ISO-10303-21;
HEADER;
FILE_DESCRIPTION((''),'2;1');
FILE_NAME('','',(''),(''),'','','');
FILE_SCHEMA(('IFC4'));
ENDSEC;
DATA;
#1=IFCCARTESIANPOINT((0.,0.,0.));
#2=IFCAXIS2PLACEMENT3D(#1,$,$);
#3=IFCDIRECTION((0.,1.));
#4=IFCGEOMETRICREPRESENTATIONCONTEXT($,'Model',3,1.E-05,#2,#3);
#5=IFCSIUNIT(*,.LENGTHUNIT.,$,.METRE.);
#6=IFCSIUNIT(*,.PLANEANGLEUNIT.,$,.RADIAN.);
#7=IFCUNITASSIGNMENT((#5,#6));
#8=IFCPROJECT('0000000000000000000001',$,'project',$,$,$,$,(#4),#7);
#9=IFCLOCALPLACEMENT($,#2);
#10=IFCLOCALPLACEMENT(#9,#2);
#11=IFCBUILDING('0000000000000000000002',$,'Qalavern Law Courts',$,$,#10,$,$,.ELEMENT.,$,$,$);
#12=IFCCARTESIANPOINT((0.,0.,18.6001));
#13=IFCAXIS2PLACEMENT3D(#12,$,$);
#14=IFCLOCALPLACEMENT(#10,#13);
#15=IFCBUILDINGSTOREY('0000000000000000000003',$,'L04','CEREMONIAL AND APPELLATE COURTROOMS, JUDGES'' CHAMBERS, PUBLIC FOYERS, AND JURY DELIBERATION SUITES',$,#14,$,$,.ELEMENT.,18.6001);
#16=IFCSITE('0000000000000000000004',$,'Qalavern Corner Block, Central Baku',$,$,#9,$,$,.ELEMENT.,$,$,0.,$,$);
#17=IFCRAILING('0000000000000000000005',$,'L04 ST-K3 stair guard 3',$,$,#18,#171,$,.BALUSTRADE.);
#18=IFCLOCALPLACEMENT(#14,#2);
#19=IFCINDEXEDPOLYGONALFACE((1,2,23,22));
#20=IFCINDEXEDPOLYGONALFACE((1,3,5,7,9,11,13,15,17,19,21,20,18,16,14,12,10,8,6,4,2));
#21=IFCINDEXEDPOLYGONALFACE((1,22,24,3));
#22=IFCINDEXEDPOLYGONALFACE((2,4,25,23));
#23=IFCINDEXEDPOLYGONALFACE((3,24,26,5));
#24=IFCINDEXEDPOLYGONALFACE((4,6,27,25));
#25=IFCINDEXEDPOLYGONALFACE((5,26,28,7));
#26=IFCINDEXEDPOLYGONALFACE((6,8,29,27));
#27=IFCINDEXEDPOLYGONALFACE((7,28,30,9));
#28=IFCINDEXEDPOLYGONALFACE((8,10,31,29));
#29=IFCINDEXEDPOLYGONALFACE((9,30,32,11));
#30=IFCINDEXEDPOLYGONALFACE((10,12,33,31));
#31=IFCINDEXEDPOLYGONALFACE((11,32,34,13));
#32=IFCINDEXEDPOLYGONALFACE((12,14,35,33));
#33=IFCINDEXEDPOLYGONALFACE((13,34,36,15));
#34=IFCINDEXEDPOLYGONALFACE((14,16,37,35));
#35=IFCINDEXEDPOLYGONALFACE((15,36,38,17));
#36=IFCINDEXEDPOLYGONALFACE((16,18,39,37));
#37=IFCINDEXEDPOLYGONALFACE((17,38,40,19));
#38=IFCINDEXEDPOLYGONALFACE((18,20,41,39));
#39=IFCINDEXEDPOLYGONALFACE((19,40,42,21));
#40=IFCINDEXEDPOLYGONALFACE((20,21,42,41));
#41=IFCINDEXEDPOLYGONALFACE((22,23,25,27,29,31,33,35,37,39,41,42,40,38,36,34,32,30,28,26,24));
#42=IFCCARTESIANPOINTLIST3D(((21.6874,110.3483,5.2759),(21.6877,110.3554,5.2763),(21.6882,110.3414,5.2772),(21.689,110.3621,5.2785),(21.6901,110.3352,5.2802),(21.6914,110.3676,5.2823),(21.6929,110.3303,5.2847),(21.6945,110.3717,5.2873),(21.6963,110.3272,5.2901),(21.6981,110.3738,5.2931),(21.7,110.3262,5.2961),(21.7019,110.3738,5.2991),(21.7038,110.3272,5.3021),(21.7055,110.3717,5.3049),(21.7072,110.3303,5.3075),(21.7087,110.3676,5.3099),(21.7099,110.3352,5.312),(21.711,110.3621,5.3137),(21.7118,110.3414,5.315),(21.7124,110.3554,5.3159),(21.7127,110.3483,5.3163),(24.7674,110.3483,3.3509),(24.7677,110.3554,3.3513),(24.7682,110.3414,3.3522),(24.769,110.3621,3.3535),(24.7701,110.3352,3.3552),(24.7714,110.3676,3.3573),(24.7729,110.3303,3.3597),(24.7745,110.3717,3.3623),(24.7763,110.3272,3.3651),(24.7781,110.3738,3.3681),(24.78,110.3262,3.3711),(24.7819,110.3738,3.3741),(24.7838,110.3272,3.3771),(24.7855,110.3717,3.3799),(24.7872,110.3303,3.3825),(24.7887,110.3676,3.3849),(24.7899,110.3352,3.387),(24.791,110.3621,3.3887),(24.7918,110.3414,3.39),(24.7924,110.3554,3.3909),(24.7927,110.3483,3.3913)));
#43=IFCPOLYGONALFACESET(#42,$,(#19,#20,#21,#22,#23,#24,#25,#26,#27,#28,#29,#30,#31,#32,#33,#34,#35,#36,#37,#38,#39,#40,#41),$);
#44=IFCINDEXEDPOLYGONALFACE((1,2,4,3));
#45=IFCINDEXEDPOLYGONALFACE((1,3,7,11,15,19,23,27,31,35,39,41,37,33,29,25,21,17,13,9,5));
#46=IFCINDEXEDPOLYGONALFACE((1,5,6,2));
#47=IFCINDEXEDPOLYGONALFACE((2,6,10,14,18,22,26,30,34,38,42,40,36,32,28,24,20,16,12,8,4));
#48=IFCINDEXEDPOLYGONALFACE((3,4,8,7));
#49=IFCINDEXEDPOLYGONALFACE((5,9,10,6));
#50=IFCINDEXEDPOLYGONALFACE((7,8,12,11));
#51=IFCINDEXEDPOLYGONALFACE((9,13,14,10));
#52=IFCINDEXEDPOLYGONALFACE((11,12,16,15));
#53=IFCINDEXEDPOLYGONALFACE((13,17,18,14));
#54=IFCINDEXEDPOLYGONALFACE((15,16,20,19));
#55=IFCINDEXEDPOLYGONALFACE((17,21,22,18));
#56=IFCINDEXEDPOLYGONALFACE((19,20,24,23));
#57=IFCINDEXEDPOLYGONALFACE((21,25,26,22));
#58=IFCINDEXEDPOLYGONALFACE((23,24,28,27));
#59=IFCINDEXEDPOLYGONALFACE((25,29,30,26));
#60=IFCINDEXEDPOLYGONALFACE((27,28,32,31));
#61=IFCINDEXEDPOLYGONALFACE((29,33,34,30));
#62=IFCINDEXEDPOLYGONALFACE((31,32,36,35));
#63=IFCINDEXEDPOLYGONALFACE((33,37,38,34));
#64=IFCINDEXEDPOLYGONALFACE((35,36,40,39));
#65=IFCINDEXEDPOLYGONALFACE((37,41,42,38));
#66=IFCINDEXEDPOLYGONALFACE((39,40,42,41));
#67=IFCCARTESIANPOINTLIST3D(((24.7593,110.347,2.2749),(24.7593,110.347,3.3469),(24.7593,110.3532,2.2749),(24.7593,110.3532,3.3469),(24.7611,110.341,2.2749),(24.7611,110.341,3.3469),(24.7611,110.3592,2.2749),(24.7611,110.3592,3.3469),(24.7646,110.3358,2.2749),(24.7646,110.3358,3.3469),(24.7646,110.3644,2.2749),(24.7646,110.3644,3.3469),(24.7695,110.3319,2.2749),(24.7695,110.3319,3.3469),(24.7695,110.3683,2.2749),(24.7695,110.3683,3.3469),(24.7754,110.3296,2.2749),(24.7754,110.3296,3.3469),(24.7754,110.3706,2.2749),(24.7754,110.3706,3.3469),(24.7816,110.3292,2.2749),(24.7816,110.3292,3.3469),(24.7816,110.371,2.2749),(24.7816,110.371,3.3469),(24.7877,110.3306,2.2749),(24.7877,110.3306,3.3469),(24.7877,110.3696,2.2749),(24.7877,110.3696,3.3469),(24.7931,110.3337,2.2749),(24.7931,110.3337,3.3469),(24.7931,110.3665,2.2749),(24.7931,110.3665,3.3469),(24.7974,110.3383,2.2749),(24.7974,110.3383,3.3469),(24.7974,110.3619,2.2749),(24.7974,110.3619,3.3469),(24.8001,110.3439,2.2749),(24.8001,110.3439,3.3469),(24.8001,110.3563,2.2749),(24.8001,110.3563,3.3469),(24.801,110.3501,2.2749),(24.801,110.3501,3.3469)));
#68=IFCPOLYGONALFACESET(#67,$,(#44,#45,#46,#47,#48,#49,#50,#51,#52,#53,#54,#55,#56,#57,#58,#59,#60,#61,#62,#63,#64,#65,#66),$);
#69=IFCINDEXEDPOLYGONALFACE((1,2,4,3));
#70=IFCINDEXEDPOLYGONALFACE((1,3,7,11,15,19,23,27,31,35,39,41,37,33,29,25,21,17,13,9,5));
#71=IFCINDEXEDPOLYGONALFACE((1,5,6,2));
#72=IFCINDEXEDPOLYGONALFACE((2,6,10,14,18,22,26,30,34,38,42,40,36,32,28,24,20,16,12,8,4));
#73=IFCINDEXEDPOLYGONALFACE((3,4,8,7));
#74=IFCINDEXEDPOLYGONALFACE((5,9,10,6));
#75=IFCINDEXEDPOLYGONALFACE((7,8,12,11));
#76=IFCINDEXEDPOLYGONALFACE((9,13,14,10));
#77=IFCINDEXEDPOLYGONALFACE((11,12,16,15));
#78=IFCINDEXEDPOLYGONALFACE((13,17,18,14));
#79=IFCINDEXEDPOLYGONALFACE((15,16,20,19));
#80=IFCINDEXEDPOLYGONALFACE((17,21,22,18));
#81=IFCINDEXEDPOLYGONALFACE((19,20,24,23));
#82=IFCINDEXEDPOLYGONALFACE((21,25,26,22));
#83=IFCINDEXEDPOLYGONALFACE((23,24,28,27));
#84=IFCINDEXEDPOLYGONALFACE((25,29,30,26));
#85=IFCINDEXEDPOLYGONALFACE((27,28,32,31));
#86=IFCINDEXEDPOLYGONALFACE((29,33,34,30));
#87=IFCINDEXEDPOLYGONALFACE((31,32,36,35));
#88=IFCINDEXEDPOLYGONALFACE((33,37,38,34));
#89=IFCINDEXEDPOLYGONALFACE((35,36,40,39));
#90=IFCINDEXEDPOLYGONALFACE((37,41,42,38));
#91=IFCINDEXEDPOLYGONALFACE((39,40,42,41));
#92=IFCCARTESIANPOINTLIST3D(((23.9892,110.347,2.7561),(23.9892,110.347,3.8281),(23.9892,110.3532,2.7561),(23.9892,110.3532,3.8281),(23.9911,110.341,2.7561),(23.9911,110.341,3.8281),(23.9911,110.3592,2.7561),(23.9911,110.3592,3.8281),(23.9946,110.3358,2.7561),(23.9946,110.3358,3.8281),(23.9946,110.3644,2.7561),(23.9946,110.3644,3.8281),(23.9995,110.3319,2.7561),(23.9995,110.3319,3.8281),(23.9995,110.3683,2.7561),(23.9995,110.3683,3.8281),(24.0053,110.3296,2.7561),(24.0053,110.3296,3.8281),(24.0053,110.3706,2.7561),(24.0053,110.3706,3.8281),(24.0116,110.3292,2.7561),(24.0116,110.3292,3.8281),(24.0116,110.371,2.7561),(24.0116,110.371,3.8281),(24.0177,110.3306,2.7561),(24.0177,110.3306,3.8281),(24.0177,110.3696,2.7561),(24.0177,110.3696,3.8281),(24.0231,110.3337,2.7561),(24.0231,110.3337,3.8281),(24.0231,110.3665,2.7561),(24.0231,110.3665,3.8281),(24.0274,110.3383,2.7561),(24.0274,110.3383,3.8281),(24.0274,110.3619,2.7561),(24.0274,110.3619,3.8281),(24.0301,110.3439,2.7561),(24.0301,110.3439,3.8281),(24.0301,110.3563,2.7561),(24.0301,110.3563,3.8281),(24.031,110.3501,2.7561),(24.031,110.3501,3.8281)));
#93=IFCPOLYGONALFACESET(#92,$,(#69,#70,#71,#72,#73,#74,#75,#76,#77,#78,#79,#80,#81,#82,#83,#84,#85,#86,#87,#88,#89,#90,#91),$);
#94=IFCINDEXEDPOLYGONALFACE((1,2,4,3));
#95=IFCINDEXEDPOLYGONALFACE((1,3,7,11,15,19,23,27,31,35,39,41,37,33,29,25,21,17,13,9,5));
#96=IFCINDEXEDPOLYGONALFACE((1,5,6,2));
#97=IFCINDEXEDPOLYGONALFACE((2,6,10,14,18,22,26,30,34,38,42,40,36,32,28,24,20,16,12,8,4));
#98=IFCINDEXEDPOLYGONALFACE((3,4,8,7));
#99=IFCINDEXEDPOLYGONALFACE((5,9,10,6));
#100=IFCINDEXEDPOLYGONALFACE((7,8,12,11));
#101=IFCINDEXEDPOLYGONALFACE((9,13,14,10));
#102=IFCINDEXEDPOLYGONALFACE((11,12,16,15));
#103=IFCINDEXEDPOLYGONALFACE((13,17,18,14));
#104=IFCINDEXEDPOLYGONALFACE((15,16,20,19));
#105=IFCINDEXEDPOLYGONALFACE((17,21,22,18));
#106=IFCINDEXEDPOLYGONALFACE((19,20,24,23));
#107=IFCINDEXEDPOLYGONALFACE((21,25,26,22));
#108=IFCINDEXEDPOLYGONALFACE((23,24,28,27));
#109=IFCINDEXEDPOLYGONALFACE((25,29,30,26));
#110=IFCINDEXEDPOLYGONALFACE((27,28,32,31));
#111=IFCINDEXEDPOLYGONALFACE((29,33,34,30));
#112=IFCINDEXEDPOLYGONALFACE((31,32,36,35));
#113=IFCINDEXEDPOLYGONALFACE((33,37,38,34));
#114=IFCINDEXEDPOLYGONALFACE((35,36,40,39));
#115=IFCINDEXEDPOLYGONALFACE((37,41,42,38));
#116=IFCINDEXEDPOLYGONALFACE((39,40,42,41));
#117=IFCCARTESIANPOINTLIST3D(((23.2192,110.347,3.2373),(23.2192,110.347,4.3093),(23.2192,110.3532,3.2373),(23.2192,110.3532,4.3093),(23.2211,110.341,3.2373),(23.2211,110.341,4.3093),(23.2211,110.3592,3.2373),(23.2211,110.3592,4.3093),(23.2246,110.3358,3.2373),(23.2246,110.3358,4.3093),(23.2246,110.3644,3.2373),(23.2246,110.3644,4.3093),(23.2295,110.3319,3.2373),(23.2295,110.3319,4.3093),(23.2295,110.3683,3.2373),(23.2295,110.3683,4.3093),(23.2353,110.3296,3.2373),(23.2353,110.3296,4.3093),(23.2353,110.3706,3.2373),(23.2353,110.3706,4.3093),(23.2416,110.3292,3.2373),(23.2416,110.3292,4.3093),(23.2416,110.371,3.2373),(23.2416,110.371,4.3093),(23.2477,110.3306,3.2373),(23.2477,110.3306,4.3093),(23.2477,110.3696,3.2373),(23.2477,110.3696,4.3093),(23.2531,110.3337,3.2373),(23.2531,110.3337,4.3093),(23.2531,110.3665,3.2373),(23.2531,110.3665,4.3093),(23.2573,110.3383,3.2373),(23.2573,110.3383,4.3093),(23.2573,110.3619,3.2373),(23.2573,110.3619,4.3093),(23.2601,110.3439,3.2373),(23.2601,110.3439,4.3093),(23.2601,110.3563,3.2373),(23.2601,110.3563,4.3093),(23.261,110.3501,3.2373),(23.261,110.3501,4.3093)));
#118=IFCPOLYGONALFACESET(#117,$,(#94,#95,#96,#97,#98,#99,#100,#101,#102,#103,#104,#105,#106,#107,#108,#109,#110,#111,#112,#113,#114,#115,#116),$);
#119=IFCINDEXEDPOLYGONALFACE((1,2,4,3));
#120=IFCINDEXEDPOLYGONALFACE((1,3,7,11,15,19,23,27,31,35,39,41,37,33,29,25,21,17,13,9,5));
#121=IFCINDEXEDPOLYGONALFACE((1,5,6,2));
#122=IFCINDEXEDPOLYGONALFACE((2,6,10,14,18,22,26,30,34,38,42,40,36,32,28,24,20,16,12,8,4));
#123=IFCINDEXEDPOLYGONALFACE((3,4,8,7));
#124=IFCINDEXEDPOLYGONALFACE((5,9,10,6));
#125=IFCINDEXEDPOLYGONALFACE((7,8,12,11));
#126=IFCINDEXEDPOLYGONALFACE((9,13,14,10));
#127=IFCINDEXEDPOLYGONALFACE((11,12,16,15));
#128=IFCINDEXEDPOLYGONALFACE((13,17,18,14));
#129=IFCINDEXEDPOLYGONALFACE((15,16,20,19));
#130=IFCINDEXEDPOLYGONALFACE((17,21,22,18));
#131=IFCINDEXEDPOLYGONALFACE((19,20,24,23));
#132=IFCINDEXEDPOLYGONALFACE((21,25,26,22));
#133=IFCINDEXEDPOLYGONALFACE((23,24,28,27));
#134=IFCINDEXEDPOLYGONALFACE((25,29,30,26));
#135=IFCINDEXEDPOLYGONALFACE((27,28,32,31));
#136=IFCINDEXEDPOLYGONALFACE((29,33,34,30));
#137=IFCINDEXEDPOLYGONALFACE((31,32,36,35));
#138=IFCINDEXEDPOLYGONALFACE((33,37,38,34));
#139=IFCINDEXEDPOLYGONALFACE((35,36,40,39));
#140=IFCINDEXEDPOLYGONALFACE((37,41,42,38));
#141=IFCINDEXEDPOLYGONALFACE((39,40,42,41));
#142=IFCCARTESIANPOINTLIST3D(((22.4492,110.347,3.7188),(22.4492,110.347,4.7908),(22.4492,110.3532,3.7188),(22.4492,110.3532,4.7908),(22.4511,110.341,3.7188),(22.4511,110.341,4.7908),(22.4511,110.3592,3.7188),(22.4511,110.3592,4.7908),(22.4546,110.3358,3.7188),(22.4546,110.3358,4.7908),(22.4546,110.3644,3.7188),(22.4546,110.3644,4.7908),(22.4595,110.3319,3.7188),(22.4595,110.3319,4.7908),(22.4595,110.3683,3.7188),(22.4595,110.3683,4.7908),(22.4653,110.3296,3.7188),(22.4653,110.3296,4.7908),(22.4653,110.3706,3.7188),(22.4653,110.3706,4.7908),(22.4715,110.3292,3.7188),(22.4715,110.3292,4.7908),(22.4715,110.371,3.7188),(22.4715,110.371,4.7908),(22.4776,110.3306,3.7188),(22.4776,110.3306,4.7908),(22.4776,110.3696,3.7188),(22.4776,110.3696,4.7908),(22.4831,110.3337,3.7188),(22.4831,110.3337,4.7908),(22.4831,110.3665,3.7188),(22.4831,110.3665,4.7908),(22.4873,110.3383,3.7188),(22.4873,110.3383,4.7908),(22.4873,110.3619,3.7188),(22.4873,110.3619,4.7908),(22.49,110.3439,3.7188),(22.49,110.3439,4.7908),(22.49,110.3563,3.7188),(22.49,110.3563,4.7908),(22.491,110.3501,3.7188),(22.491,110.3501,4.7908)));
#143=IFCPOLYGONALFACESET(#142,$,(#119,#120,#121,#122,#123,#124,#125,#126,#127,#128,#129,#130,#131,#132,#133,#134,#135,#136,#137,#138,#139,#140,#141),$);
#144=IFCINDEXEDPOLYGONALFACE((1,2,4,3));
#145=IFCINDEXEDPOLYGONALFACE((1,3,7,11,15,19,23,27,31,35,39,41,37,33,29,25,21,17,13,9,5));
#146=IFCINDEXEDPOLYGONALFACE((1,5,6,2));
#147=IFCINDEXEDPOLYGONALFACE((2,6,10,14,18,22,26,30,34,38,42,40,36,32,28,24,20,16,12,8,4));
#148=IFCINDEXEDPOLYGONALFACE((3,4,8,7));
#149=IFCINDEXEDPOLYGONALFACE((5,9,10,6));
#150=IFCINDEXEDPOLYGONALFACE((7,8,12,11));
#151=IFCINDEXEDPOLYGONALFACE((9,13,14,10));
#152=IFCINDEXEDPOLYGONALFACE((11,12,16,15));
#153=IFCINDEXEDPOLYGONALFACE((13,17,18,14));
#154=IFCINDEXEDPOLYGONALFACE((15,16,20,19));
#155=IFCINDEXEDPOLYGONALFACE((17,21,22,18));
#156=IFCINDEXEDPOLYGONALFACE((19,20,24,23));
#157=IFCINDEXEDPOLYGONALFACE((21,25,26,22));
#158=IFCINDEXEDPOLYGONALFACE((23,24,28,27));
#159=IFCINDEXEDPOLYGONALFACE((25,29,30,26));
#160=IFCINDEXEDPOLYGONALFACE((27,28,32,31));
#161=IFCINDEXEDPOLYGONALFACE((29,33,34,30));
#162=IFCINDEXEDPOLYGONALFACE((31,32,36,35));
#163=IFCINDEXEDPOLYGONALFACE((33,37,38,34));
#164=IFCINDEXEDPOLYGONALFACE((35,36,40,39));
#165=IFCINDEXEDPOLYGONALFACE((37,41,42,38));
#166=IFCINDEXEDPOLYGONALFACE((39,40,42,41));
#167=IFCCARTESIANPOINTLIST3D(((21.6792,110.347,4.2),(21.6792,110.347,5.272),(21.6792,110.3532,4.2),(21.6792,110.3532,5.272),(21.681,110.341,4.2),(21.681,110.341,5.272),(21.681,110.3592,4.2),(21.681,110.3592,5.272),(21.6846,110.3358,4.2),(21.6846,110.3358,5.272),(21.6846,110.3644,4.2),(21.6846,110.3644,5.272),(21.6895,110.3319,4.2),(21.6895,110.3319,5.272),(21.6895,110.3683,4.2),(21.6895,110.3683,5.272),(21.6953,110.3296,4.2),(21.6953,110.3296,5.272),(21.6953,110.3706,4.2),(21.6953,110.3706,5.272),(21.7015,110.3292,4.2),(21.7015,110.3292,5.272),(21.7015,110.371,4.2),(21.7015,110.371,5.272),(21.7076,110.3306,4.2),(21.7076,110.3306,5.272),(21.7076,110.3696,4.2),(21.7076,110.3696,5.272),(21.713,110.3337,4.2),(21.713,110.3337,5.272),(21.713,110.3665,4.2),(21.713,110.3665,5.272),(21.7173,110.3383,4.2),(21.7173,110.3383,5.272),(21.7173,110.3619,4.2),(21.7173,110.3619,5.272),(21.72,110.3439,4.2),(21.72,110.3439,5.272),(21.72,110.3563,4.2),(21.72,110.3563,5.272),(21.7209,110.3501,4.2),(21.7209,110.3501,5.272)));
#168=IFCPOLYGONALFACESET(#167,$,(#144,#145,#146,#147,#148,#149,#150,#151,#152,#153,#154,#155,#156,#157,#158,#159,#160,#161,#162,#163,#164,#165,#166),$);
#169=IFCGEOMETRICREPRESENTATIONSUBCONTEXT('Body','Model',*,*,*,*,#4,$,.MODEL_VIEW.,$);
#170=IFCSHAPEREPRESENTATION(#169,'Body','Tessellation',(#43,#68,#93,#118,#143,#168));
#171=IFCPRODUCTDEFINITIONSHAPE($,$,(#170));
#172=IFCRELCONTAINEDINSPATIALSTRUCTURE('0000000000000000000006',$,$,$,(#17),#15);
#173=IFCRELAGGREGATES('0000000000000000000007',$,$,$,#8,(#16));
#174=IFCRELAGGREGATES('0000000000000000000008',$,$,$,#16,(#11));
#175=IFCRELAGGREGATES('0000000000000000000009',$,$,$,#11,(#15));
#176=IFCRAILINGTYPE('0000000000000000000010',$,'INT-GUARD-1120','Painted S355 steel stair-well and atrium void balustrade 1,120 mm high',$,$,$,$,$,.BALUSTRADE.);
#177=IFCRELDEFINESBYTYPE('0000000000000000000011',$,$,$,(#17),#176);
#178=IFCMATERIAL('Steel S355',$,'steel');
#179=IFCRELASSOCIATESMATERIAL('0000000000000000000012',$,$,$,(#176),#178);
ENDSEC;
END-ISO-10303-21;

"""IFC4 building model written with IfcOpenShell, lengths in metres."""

from ifc_helpers import new_model, si_unit, direction, frame, origin, origin_2d, place, context, subcontext, project, spatial, circle, extrude, material, type_object, element, save


model = new_model("IFC4")

# Units and contexts
model_context = context("Model", 3, precision=1e-05, world=origin(), true_north=direction((0.0, 1.0)))
body_context = subcontext(model_context, "Body", "Model", "MODEL_VIEW")
ifc_project = project(units=[si_unit("LENGTHUNIT", "METRE"), si_unit("PLANEANGLEUNIT", "RADIAN")], contexts=[model_context])

# Site, building, storey
site_placement = place(None, origin())
site = spatial("IfcSite", under=ifc_project, at=site_placement, Name="Qalavern Corner Block, Central Baku", CompositionType="ELEMENT", RefElevation=0.0)
building_placement = place(site_placement, origin())
building = spatial("IfcBuilding", under=site, at=building_placement, Name="Qalavern Law Courts", CompositionType="ELEMENT")
storey_placement = place(building_placement, frame((0.0, 0.0, 18.6001)))
storey = spatial("IfcBuildingStorey", under=building, at=storey_placement, Name="L04", Description="CEREMONIAL AND APPELLATE COURTROOMS, JUDGES' CHAMBERS, PUBLIC FOYERS, AND JURY DELIBERATION SUITES", CompositionType="ELEMENT", Elevation=18.6001)

# Shared definitions
ifc_material_1 = material(Name="Steel S355", Category="steel")

# Railing
railing_type_1 = type_object("IfcRailingType", Name="INT-GUARD-1120", Description="Painted S355 steel stair-well and atrium void balustrade 1,120 mm high", PredefinedType="BALUSTRADE", material=ifc_material_1)
railing_1_placement = place(storey_placement, frame((24.78, 110.3501, 2.2749)))
element("IfcRailing", 1, at=railing_1_placement, inside=storey, type_object=railing_type_1, Name="L04 ST-K3 stair guard 3", PredefinedType="BALUSTRADE", context=body_context, shape_type="SweptSolid", body=[
    extrude(circle(Radius=0.0239, at=origin_2d()), frame((0.0, 0.0, 1.0962), z_axis=(-0.847998, 0.0, 0.529999), x_axis=(0.0, -1.0, 0.0)), (0.0, 0.0, 1.0), 3.6321),
    extrude(circle(Radius=0.021, at=origin_2d()), origin(), (0.0, 0.0, 1.0), 1.072),
    extrude(circle(Radius=0.021, at=origin_2d()), frame((-0.77, 0.0, 0.4812)), (0.0, 0.0, 1.0), 1.072),
    extrude(circle(Radius=0.021, at=origin_2d()), frame((-1.54, 0.0, 0.9624)), (0.0, 0.0, 1.0), 1.072),
    extrude(circle(Radius=0.021, at=origin_2d()), frame((-2.3101, 0.0, 1.4438)), (0.0, 0.0, 1.0), 1.072),
    extrude(circle(Radius=0.021, at=origin_2d()), frame((-3.0801, 0.0, 1.925)), (0.0, 0.0, 1.0), 1.072),
])

save(model, "model.ifc")
